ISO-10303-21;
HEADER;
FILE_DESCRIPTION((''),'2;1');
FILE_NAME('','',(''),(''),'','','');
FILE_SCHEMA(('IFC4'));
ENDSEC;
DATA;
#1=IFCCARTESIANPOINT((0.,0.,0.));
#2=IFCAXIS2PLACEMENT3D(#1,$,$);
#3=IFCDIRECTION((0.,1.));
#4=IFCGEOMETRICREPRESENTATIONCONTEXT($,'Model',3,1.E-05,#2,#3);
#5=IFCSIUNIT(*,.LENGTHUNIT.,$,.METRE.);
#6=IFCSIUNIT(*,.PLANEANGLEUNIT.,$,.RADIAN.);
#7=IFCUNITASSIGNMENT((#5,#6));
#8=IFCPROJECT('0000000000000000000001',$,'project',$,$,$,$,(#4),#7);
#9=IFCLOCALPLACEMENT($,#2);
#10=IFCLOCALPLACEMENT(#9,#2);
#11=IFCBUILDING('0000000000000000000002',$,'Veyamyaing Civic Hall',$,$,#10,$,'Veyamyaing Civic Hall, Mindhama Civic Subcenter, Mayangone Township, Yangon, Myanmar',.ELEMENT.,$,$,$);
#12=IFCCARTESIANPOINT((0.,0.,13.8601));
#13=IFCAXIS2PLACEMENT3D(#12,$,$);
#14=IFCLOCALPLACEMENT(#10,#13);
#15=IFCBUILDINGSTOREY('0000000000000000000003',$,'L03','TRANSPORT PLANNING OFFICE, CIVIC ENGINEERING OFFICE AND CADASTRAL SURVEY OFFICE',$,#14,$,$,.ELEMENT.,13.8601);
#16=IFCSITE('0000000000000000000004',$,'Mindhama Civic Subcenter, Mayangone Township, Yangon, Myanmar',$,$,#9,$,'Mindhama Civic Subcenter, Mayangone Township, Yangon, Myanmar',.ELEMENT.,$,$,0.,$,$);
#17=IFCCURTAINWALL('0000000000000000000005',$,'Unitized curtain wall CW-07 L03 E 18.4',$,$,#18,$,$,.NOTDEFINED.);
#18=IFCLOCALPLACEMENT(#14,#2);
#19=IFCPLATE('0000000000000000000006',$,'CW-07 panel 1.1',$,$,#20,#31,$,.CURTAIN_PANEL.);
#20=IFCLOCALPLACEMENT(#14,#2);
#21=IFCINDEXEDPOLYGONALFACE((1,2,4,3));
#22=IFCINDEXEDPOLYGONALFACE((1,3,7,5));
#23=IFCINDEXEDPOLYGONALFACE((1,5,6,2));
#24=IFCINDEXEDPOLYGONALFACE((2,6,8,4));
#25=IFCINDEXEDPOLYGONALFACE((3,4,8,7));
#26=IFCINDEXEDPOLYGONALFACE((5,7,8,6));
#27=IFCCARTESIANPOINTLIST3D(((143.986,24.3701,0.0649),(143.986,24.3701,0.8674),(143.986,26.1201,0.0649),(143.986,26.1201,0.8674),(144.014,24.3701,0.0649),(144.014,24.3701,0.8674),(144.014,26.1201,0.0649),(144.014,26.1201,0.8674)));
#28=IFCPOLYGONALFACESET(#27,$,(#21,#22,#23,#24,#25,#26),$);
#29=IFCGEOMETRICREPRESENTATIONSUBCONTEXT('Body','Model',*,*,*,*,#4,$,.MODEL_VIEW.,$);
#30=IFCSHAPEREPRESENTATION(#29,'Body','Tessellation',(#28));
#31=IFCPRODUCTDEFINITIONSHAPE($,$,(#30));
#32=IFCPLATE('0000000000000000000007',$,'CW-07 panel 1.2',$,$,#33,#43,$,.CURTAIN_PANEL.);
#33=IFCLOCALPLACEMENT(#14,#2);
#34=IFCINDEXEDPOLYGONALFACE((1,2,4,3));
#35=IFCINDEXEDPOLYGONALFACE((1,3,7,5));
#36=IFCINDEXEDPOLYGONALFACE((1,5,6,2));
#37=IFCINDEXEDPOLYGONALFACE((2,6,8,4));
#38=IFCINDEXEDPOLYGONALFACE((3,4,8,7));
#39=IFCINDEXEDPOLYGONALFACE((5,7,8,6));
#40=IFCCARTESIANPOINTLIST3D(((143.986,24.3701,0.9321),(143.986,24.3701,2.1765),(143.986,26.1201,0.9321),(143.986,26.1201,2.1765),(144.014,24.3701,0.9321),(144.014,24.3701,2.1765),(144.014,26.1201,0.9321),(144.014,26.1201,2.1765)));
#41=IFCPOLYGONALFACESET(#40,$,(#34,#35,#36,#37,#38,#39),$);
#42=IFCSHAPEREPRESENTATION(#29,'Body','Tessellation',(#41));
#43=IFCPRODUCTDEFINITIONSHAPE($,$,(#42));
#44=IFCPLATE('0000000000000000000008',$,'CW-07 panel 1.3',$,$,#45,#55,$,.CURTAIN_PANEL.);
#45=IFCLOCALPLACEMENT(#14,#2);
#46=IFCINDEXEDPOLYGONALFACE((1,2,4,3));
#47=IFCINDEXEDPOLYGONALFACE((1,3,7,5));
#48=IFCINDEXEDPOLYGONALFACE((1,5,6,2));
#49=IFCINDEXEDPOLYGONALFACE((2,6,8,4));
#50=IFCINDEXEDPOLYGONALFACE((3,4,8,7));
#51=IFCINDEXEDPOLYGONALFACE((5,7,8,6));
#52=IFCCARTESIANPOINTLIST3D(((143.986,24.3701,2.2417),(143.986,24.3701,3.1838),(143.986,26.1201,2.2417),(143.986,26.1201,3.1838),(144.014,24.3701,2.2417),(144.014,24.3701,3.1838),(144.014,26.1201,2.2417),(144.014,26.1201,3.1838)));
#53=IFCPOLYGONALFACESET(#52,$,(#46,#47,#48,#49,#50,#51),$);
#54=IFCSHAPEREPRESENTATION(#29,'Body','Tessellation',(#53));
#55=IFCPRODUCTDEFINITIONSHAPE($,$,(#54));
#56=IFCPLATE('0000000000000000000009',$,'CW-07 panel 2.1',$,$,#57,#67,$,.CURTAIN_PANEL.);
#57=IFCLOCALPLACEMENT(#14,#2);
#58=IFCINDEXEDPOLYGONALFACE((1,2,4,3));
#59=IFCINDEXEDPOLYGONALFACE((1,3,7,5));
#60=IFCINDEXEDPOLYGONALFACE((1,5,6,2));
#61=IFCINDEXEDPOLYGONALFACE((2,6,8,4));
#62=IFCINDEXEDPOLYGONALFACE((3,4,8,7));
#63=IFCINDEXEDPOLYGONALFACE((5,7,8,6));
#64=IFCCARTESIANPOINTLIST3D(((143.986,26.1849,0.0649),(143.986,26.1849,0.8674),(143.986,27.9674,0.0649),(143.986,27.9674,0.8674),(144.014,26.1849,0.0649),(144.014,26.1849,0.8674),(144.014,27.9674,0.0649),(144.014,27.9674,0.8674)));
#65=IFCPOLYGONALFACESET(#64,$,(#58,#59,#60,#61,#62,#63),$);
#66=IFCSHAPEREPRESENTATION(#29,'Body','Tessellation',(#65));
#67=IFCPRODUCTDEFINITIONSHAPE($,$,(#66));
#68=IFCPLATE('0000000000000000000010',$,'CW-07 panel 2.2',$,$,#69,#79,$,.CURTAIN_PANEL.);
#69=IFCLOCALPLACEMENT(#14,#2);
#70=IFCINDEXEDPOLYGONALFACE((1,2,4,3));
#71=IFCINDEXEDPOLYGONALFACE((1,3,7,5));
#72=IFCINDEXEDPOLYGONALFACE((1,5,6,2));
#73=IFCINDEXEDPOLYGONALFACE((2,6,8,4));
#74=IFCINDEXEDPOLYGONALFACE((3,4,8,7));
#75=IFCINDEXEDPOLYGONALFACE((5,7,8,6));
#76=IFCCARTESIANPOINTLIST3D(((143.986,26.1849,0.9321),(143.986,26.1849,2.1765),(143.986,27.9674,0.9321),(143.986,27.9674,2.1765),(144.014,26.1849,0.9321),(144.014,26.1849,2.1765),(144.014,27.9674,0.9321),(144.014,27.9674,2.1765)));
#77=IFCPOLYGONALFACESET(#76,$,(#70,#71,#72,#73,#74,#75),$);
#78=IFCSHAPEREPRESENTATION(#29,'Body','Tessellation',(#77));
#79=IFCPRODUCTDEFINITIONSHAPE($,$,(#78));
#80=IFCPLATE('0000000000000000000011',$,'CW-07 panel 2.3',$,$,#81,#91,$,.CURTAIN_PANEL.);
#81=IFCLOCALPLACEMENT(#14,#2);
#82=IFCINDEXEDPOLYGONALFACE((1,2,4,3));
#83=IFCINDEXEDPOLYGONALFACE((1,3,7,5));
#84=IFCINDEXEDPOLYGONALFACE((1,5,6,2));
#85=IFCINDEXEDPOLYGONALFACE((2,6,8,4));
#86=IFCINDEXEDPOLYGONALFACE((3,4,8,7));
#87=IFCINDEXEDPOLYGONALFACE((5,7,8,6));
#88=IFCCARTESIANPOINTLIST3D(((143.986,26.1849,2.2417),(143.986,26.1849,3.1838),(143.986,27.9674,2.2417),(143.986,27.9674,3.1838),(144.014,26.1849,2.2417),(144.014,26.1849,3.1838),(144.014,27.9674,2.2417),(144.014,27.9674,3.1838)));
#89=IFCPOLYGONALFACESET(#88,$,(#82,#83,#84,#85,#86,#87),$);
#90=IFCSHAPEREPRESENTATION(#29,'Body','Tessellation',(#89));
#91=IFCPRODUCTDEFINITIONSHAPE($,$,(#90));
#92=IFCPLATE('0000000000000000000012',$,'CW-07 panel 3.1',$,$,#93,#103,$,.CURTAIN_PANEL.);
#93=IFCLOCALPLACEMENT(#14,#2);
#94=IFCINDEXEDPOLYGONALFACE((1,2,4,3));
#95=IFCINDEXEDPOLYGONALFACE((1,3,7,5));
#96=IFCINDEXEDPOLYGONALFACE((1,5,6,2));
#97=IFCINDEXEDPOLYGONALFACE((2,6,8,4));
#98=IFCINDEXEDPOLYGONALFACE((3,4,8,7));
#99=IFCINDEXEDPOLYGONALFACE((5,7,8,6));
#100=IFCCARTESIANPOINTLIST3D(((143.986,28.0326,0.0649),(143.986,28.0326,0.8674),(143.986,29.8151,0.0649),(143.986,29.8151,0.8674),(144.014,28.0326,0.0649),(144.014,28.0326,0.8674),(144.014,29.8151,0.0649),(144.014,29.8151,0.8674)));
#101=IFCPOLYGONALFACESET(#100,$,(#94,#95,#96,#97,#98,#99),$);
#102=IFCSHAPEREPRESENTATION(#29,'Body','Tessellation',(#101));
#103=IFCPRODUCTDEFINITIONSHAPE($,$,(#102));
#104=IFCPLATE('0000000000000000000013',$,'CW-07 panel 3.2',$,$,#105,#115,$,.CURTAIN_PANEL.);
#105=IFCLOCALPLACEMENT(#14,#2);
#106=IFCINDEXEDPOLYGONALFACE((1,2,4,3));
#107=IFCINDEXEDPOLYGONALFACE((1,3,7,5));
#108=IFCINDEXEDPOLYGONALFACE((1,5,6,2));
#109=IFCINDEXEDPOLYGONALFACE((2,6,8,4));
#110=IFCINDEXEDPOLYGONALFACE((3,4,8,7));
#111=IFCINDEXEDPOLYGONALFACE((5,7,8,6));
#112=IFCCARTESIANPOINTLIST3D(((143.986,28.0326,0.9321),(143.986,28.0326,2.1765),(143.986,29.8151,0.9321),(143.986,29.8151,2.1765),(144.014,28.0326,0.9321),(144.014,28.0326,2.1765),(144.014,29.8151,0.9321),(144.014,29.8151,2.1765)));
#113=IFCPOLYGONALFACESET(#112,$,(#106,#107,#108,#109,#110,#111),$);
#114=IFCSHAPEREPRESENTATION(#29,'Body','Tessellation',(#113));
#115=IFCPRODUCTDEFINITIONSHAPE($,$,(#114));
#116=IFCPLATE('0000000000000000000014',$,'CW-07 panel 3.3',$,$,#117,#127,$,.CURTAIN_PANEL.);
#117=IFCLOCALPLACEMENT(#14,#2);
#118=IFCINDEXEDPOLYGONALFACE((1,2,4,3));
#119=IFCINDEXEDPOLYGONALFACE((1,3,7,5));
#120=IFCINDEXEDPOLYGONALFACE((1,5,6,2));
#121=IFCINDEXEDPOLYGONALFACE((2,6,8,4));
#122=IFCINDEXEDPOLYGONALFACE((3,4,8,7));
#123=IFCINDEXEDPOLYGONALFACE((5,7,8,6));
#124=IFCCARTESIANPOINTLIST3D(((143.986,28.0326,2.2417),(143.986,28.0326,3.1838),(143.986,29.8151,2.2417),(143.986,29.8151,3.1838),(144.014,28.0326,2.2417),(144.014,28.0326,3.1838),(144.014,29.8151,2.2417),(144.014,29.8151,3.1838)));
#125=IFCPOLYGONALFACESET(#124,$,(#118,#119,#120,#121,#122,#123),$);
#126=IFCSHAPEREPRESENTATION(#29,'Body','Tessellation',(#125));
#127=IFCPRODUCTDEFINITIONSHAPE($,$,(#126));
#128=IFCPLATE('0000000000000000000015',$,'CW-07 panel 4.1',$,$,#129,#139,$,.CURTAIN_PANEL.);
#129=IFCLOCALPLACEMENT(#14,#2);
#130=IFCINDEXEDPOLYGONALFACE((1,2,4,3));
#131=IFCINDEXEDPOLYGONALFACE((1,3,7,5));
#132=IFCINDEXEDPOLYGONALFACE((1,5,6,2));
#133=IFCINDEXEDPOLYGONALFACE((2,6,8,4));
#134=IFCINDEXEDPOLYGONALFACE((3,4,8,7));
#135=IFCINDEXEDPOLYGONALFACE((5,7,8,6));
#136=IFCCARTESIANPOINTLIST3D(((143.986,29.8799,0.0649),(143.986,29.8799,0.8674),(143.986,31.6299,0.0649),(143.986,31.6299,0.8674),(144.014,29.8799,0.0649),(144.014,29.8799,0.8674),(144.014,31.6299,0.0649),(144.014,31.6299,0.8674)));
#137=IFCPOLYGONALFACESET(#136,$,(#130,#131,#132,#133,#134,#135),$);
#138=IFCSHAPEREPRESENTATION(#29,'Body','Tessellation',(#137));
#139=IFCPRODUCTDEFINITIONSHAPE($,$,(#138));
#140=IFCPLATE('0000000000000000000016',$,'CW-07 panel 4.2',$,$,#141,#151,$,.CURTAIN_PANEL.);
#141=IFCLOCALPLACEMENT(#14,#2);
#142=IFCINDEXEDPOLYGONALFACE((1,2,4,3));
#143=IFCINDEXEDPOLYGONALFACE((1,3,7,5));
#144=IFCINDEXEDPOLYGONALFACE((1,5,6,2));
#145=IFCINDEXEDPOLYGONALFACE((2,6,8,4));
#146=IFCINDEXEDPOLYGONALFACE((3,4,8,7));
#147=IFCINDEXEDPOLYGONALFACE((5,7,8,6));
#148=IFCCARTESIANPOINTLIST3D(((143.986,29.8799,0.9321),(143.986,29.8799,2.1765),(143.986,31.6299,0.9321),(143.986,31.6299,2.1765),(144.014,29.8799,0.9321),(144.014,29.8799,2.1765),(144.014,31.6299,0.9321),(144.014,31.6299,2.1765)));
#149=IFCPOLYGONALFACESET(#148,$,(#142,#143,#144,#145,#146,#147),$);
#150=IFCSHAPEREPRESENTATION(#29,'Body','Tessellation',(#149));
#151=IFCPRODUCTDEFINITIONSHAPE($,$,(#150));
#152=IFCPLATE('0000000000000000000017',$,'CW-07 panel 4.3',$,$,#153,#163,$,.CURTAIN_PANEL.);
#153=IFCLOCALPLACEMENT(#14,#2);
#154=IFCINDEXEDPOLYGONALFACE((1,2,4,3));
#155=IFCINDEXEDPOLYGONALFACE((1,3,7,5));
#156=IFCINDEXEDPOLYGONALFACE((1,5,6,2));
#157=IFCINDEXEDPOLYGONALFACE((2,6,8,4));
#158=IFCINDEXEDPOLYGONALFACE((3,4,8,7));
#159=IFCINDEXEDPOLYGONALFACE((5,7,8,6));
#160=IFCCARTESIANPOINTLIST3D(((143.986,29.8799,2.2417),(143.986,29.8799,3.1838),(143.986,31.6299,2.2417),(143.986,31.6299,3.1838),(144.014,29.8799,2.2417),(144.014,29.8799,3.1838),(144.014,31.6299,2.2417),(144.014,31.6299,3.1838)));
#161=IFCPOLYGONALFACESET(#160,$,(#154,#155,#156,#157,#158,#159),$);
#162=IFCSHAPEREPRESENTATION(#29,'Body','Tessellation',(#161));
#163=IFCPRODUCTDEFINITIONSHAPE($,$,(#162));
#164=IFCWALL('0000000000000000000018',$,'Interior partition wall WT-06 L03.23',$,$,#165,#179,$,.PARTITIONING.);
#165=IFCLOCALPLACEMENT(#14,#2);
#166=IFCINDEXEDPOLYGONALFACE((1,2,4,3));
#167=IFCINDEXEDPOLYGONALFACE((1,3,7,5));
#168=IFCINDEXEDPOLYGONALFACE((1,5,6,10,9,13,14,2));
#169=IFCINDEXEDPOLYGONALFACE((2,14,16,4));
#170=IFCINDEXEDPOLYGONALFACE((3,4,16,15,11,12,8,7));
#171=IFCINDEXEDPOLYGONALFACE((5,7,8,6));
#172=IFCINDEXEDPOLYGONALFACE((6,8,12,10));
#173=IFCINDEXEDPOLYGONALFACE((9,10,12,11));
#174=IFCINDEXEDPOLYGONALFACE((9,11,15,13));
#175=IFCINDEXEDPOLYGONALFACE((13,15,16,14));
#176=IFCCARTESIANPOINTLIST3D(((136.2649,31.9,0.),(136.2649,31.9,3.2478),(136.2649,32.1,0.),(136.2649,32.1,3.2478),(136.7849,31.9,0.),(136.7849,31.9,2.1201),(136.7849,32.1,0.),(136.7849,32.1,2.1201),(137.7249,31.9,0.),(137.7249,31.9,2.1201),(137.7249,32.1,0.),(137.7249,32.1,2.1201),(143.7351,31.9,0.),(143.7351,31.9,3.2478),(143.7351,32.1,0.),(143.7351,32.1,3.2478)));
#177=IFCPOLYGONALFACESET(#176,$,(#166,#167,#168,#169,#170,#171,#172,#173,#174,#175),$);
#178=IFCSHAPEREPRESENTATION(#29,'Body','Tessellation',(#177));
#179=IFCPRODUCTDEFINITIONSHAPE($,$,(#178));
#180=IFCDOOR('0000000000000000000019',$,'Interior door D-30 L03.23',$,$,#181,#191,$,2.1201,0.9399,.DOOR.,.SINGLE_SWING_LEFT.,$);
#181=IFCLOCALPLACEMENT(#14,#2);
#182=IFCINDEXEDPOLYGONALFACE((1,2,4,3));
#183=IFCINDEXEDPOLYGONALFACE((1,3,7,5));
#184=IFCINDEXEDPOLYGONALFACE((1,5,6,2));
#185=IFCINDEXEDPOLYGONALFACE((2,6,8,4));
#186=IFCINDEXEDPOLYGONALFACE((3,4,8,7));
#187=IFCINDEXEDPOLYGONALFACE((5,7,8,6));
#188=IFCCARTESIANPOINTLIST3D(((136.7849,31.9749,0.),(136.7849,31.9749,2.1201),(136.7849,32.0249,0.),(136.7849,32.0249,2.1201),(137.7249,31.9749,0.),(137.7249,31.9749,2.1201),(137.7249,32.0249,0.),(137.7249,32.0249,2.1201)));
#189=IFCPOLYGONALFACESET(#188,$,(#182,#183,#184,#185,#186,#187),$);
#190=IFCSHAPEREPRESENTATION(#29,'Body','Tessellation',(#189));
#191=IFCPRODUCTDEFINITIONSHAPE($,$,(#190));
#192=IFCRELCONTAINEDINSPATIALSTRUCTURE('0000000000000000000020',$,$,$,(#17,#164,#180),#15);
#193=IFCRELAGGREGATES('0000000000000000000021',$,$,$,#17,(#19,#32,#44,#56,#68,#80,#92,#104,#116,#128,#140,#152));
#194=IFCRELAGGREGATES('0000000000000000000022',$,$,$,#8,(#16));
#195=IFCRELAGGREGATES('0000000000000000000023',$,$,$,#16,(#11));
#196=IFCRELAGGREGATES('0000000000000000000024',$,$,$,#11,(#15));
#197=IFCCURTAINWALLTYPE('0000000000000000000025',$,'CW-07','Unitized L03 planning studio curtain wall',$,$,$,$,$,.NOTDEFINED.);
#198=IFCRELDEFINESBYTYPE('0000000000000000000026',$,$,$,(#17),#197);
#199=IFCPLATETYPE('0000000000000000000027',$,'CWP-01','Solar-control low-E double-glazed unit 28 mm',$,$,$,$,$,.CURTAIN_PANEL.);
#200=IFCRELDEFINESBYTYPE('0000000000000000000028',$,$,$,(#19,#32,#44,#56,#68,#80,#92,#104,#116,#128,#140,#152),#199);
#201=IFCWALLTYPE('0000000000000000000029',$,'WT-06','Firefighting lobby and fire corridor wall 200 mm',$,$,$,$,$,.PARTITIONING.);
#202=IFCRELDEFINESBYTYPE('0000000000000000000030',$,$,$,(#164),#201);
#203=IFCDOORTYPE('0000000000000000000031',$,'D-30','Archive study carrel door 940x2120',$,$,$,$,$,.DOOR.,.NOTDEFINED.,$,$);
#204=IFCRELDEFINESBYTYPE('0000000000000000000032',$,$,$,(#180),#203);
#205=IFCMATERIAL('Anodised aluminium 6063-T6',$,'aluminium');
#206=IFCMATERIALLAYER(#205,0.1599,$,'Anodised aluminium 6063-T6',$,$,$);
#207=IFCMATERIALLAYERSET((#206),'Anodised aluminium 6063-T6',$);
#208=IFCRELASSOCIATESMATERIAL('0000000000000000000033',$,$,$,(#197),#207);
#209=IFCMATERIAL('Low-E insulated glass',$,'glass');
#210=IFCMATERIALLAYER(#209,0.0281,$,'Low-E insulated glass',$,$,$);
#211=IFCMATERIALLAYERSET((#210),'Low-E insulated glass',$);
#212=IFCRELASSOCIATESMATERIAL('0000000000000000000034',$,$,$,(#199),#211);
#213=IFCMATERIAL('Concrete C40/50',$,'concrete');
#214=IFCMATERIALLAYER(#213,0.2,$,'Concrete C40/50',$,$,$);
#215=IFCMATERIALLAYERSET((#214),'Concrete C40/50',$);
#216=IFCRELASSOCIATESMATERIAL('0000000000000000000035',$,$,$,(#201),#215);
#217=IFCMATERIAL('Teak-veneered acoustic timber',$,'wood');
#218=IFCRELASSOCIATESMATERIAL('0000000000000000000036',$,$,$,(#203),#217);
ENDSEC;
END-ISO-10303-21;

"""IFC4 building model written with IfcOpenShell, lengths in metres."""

from ifc_helpers import new_model, si_unit, direction, frame, frame_2d, origin, origin_2d, place, context, subcontext, project, spatial, rectangle, extrude, material, layer, layer_set, type_object, element, fill, aggregate, save


model = new_model("IFC4")

# Units and contexts
model_context = context("Model", 3, precision=1e-05, world=origin(), true_north=direction((0.0, 1.0)))
body_context = subcontext(model_context, "Body", "Model", "MODEL_VIEW")
ifc_project = project(units=[si_unit("LENGTHUNIT", "METRE"), si_unit("PLANEANGLEUNIT", "RADIAN")], contexts=[model_context])

# Site, building, storey
site_placement = place(None, origin())
site = spatial("IfcSite", under=ifc_project, at=site_placement, Name="Mindhama Civic Subcenter, Mayangone Township, Yangon, Myanmar", LongName="Mindhama Civic Subcenter, Mayangone Township, Yangon, Myanmar", CompositionType="ELEMENT", RefElevation=0.0)
building_placement = place(site_placement, origin())
building = spatial("IfcBuilding", under=site, at=building_placement, Name="Veyamyaing Civic Hall", LongName="Veyamyaing Civic Hall, Mindhama Civic Subcenter, Mayangone Township, Yangon, Myanmar", CompositionType="ELEMENT")
storey_placement = place(building_placement, frame((0.0, 0.0, 13.8601)))
storey = spatial("IfcBuildingStorey", under=building, at=storey_placement, Name="L03", Description="TRANSPORT PLANNING OFFICE, CIVIC ENGINEERING OFFICE AND CADASTRAL SURVEY OFFICE", CompositionType="ELEMENT", Elevation=13.8601)

# Curtain wall
ifc_material_1 = material(Name="Anodised aluminium 6063-T6", Category="aluminium")
ifc_layer_1 = layer(ifc_material_1, 0.1599, Name="Anodised aluminium 6063-T6")
ifc_layer_set_1 = layer_set([ifc_layer_1], Name="Anodised aluminium 6063-T6")
curtain_wall_type = type_object("IfcCurtainWallType", Name="CW-07", Description="Unitized L03 planning studio curtain wall", PredefinedType="NOTDEFINED", material=ifc_layer_set_1)
curtain_wall_placement = place(storey_placement, origin())
curtain_wall = element("IfcCurtainWall", 1, at=curtain_wall_placement, inside=storey, type_object=curtain_wall_type, Name="Unitized curtain wall CW-07 L03 E 18.4", PredefinedType="NOTDEFINED")

# Plates
ifc_material_2 = material(Name="Low-E insulated glass", Category="glass")
ifc_layer_2 = layer(ifc_material_2, 0.0281, Name="Low-E insulated glass")
ifc_layer_set_2 = layer_set([ifc_layer_2], Name="Low-E insulated glass")
plate_type = type_object("IfcPlateType", Name="CWP-01", Description="Solar-control low-E double-glazed unit 28 mm", PredefinedType="CURTAIN_PANEL", material=ifc_layer_set_2)
plate_1_placement = place(storey_placement, frame((144.0, 25.2451, 0.0649), z_axis=(0.0, 0.0, 1.0), x_axis=(0.0, 1.0, 0.0)))
plate_1 = element("IfcPlate", 2, at=plate_1_placement, type_object=plate_type, Name="CW-07 panel 1.1", PredefinedType="CURTAIN_PANEL", context=body_context, shape_type="SweptSolid", body=[
    extrude(rectangle(XDim=1.75, YDim=0.0281, at=origin_2d()), origin(), (0.0, 0.0, 1.0), 0.8025),
])
plate_2_placement = place(storey_placement, frame((144.0, 25.2451, 0.9321), z_axis=(0.0, 0.0, 1.0), x_axis=(0.0, 1.0, 0.0)))
plate_2 = element("IfcPlate", 3, at=plate_2_placement, type_object=plate_type, Name="CW-07 panel 1.2", PredefinedType="CURTAIN_PANEL", context=body_context, shape_type="SweptSolid", body=[
    extrude(rectangle(XDim=1.75, YDim=0.0281, at=origin_2d()), origin(), (0.0, 0.0, 1.0), 1.2444),
])
plate_3_placement = place(storey_placement, frame((144.0, 25.2451, 2.2417), z_axis=(0.0, 0.0, 1.0), x_axis=(0.0, 1.0, 0.0)))
plate_3 = element("IfcPlate", 4, at=plate_3_placement, type_object=plate_type, Name="CW-07 panel 1.3", PredefinedType="CURTAIN_PANEL", context=body_context, shape_type="SweptSolid", body=[
    extrude(rectangle(XDim=1.75, YDim=0.0281, at=origin_2d()), origin(), (0.0, 0.0, 1.0), 0.9421),
])
plate_4_placement = place(storey_placement, frame((144.0, 27.0762, 0.0649), z_axis=(0.0, 0.0, 1.0), x_axis=(0.0, 1.0, 0.0)))
plate_4 = element("IfcPlate", 5, at=plate_4_placement, type_object=plate_type, Name="CW-07 panel 2.1", PredefinedType="CURTAIN_PANEL", context=body_context, shape_type="SweptSolid", body=[
    extrude(rectangle(XDim=1.7825, YDim=0.0281, at=origin_2d()), origin(), (0.0, 0.0, 1.0), 0.8025),
])
plate_5_placement = place(storey_placement, frame((144.0, 27.0762, 0.9321), z_axis=(0.0, 0.0, 1.0), x_axis=(0.0, 1.0, 0.0)))
plate_5 = element("IfcPlate", 6, at=plate_5_placement, type_object=plate_type, Name="CW-07 panel 2.2", PredefinedType="CURTAIN_PANEL", context=body_context, shape_type="SweptSolid", body=[
    extrude(rectangle(XDim=1.7825, YDim=0.0281, at=origin_2d()), origin(), (0.0, 0.0, 1.0), 1.2444),
])
plate_6_placement = place(storey_placement, frame((144.0, 27.0762, 2.2417), z_axis=(0.0, 0.0, 1.0), x_axis=(0.0, 1.0, 0.0)))
plate_6 = element("IfcPlate", 7, at=plate_6_placement, type_object=plate_type, Name="CW-07 panel 2.3", PredefinedType="CURTAIN_PANEL", context=body_context, shape_type="SweptSolid", body=[
    extrude(rectangle(XDim=1.7825, YDim=0.0281, at=origin_2d()), origin(), (0.0, 0.0, 1.0), 0.9421),
])
plate_7_placement = place(storey_placement, frame((144.0, 28.9238, 0.0649), z_axis=(0.0, 0.0, 1.0), x_axis=(0.0, 1.0, 0.0)))
plate_7 = element("IfcPlate", 8, at=plate_7_placement, type_object=plate_type, Name="CW-07 panel 3.1", PredefinedType="CURTAIN_PANEL", context=body_context, shape_type="SweptSolid", body=[
    extrude(rectangle(XDim=1.7825, YDim=0.0281, at=origin_2d()), origin(), (0.0, 0.0, 1.0), 0.8025),
])
plate_8_placement = place(storey_placement, frame((144.0, 28.9238, 0.9321), z_axis=(0.0, 0.0, 1.0), x_axis=(0.0, 1.0, 0.0)))
plate_8 = element("IfcPlate", 9, at=plate_8_placement, type_object=plate_type, Name="CW-07 panel 3.2", PredefinedType="CURTAIN_PANEL", context=body_context, shape_type="SweptSolid", body=[
    extrude(rectangle(XDim=1.7825, YDim=0.0281, at=origin_2d()), origin(), (0.0, 0.0, 1.0), 1.2444),
])
plate_9_placement = place(storey_placement, frame((144.0, 28.9238, 2.2417), z_axis=(0.0, 0.0, 1.0), x_axis=(0.0, 1.0, 0.0)))
plate_9 = element("IfcPlate", 10, at=plate_9_placement, type_object=plate_type, Name="CW-07 panel 3.3", PredefinedType="CURTAIN_PANEL", context=body_context, shape_type="SweptSolid", body=[
    extrude(rectangle(XDim=1.7825, YDim=0.0281, at=origin_2d()), origin(), (0.0, 0.0, 1.0), 0.9421),
])
plate_10_placement = place(storey_placement, frame((144.0, 30.7549, 0.0649), z_axis=(0.0, 0.0, 1.0), x_axis=(0.0, 1.0, 0.0)))
plate_10 = element("IfcPlate", 11, at=plate_10_placement, type_object=plate_type, Name="CW-07 panel 4.1", PredefinedType="CURTAIN_PANEL", context=body_context, shape_type="SweptSolid", body=[
    extrude(rectangle(XDim=1.75, YDim=0.0281, at=origin_2d()), origin(), (0.0, 0.0, 1.0), 0.8025),
])
plate_11_placement = place(storey_placement, frame((144.0, 30.7549, 0.9321), z_axis=(0.0, 0.0, 1.0), x_axis=(0.0, 1.0, 0.0)))
plate_11 = element("IfcPlate", 12, at=plate_11_placement, type_object=plate_type, Name="CW-07 panel 4.2", PredefinedType="CURTAIN_PANEL", context=body_context, shape_type="SweptSolid", body=[
    extrude(rectangle(XDim=1.75, YDim=0.0281, at=origin_2d()), origin(), (0.0, 0.0, 1.0), 1.2444),
])
plate_12_placement = place(storey_placement, frame((144.0, 30.7549, 2.2417), z_axis=(0.0, 0.0, 1.0), x_axis=(0.0, 1.0, 0.0)))
plate_12 = element("IfcPlate", 13, at=plate_12_placement, type_object=plate_type, Name="CW-07 panel 4.3", PredefinedType="CURTAIN_PANEL", context=body_context, shape_type="SweptSolid", body=[
    extrude(rectangle(XDim=1.75, YDim=0.0281, at=origin_2d()), origin(), (0.0, 0.0, 1.0), 0.9421),
])
aggregate(curtain_wall, [plate_1, plate_2, plate_3, plate_4, plate_5, plate_6, plate_7, plate_8, plate_9, plate_10, plate_11, plate_12])

# Wall, opening, door
ifc_material_3 = material(Name="Concrete C40/50", Category="concrete")
ifc_layer_3 = layer(ifc_material_3, 0.2, Name="Concrete C40/50")
ifc_layer_set_3 = layer_set([ifc_layer_3], Name="Concrete C40/50")
wall_type_1 = type_object("IfcWallType", Name="WT-06", Description="Firefighting lobby and fire corridor wall 200 mm", PredefinedType="PARTITIONING", material=ifc_layer_set_3)
wall_1_placement = place(storey_placement, frame((136.2649, 32.0, 0.0), z_axis=(0.0, 0.0, 1.0), x_axis=(1.0, 0.0, 0.0)))
wall_1 = element("IfcWall", 14, at=wall_1_placement, inside=storey, type_object=wall_type_1, Name="Interior partition wall WT-06 L03.23", PredefinedType="PARTITIONING", context=body_context, shape_type="SweptSolid", body=[
    extrude(rectangle(XDim=7.4702, YDim=0.2, at=frame_2d((3.7351, 0.0))), origin(), (0.0, 0.0, 1.0), 3.2478),
])
opening_1_placement = place(wall_1_placement, frame((0.52, 0.0, 0.0)))
opening_1 = element("IfcOpeningElement", 15, at=opening_1_placement, cuts=wall_1, PredefinedType="OPENING", context=body_context, shape_type="SweptSolid", body=[
    extrude(rectangle(XDim=0.9399, YDim=2.1201, at=frame_2d((0.47, 1.0601))), frame((0.0, 0.1099, 0.0), z_axis=(0.0, -1.0, 0.0), x_axis=(1.0, 0.0, 0.0)), (0.0, 0.0, 1.0), 0.22),
])
ifc_material_4 = material(Name="Teak-veneered acoustic timber", Category="wood")
door_type = type_object("IfcDoorType", Name="D-30", Description="Archive study carrel door 940x2120", OperationType="NOTDEFINED", PredefinedType="DOOR", material=ifc_material_4)
door_placement = place(opening_1_placement, origin())
door = element("IfcDoor", 16, at=door_placement, inside=storey, type_object=door_type, Name="Interior door D-30 L03.23", OperationType="SINGLE_SWING_LEFT", OverallHeight=2.1201, OverallWidth=0.9399, PredefinedType="DOOR", context=body_context, shape_type="SweptSolid", body=[
    extrude(rectangle(XDim=0.9399, YDim=2.1201, at=frame_2d((0.47, 1.0601))), frame((0.0, 0.0249, 0.0), z_axis=(0.0, -1.0, 0.0), x_axis=(1.0, 0.0, 0.0)), (0.0, 0.0, 1.0), 0.05),
])
fill(opening_1, door)

save(model, "model.ifc")
